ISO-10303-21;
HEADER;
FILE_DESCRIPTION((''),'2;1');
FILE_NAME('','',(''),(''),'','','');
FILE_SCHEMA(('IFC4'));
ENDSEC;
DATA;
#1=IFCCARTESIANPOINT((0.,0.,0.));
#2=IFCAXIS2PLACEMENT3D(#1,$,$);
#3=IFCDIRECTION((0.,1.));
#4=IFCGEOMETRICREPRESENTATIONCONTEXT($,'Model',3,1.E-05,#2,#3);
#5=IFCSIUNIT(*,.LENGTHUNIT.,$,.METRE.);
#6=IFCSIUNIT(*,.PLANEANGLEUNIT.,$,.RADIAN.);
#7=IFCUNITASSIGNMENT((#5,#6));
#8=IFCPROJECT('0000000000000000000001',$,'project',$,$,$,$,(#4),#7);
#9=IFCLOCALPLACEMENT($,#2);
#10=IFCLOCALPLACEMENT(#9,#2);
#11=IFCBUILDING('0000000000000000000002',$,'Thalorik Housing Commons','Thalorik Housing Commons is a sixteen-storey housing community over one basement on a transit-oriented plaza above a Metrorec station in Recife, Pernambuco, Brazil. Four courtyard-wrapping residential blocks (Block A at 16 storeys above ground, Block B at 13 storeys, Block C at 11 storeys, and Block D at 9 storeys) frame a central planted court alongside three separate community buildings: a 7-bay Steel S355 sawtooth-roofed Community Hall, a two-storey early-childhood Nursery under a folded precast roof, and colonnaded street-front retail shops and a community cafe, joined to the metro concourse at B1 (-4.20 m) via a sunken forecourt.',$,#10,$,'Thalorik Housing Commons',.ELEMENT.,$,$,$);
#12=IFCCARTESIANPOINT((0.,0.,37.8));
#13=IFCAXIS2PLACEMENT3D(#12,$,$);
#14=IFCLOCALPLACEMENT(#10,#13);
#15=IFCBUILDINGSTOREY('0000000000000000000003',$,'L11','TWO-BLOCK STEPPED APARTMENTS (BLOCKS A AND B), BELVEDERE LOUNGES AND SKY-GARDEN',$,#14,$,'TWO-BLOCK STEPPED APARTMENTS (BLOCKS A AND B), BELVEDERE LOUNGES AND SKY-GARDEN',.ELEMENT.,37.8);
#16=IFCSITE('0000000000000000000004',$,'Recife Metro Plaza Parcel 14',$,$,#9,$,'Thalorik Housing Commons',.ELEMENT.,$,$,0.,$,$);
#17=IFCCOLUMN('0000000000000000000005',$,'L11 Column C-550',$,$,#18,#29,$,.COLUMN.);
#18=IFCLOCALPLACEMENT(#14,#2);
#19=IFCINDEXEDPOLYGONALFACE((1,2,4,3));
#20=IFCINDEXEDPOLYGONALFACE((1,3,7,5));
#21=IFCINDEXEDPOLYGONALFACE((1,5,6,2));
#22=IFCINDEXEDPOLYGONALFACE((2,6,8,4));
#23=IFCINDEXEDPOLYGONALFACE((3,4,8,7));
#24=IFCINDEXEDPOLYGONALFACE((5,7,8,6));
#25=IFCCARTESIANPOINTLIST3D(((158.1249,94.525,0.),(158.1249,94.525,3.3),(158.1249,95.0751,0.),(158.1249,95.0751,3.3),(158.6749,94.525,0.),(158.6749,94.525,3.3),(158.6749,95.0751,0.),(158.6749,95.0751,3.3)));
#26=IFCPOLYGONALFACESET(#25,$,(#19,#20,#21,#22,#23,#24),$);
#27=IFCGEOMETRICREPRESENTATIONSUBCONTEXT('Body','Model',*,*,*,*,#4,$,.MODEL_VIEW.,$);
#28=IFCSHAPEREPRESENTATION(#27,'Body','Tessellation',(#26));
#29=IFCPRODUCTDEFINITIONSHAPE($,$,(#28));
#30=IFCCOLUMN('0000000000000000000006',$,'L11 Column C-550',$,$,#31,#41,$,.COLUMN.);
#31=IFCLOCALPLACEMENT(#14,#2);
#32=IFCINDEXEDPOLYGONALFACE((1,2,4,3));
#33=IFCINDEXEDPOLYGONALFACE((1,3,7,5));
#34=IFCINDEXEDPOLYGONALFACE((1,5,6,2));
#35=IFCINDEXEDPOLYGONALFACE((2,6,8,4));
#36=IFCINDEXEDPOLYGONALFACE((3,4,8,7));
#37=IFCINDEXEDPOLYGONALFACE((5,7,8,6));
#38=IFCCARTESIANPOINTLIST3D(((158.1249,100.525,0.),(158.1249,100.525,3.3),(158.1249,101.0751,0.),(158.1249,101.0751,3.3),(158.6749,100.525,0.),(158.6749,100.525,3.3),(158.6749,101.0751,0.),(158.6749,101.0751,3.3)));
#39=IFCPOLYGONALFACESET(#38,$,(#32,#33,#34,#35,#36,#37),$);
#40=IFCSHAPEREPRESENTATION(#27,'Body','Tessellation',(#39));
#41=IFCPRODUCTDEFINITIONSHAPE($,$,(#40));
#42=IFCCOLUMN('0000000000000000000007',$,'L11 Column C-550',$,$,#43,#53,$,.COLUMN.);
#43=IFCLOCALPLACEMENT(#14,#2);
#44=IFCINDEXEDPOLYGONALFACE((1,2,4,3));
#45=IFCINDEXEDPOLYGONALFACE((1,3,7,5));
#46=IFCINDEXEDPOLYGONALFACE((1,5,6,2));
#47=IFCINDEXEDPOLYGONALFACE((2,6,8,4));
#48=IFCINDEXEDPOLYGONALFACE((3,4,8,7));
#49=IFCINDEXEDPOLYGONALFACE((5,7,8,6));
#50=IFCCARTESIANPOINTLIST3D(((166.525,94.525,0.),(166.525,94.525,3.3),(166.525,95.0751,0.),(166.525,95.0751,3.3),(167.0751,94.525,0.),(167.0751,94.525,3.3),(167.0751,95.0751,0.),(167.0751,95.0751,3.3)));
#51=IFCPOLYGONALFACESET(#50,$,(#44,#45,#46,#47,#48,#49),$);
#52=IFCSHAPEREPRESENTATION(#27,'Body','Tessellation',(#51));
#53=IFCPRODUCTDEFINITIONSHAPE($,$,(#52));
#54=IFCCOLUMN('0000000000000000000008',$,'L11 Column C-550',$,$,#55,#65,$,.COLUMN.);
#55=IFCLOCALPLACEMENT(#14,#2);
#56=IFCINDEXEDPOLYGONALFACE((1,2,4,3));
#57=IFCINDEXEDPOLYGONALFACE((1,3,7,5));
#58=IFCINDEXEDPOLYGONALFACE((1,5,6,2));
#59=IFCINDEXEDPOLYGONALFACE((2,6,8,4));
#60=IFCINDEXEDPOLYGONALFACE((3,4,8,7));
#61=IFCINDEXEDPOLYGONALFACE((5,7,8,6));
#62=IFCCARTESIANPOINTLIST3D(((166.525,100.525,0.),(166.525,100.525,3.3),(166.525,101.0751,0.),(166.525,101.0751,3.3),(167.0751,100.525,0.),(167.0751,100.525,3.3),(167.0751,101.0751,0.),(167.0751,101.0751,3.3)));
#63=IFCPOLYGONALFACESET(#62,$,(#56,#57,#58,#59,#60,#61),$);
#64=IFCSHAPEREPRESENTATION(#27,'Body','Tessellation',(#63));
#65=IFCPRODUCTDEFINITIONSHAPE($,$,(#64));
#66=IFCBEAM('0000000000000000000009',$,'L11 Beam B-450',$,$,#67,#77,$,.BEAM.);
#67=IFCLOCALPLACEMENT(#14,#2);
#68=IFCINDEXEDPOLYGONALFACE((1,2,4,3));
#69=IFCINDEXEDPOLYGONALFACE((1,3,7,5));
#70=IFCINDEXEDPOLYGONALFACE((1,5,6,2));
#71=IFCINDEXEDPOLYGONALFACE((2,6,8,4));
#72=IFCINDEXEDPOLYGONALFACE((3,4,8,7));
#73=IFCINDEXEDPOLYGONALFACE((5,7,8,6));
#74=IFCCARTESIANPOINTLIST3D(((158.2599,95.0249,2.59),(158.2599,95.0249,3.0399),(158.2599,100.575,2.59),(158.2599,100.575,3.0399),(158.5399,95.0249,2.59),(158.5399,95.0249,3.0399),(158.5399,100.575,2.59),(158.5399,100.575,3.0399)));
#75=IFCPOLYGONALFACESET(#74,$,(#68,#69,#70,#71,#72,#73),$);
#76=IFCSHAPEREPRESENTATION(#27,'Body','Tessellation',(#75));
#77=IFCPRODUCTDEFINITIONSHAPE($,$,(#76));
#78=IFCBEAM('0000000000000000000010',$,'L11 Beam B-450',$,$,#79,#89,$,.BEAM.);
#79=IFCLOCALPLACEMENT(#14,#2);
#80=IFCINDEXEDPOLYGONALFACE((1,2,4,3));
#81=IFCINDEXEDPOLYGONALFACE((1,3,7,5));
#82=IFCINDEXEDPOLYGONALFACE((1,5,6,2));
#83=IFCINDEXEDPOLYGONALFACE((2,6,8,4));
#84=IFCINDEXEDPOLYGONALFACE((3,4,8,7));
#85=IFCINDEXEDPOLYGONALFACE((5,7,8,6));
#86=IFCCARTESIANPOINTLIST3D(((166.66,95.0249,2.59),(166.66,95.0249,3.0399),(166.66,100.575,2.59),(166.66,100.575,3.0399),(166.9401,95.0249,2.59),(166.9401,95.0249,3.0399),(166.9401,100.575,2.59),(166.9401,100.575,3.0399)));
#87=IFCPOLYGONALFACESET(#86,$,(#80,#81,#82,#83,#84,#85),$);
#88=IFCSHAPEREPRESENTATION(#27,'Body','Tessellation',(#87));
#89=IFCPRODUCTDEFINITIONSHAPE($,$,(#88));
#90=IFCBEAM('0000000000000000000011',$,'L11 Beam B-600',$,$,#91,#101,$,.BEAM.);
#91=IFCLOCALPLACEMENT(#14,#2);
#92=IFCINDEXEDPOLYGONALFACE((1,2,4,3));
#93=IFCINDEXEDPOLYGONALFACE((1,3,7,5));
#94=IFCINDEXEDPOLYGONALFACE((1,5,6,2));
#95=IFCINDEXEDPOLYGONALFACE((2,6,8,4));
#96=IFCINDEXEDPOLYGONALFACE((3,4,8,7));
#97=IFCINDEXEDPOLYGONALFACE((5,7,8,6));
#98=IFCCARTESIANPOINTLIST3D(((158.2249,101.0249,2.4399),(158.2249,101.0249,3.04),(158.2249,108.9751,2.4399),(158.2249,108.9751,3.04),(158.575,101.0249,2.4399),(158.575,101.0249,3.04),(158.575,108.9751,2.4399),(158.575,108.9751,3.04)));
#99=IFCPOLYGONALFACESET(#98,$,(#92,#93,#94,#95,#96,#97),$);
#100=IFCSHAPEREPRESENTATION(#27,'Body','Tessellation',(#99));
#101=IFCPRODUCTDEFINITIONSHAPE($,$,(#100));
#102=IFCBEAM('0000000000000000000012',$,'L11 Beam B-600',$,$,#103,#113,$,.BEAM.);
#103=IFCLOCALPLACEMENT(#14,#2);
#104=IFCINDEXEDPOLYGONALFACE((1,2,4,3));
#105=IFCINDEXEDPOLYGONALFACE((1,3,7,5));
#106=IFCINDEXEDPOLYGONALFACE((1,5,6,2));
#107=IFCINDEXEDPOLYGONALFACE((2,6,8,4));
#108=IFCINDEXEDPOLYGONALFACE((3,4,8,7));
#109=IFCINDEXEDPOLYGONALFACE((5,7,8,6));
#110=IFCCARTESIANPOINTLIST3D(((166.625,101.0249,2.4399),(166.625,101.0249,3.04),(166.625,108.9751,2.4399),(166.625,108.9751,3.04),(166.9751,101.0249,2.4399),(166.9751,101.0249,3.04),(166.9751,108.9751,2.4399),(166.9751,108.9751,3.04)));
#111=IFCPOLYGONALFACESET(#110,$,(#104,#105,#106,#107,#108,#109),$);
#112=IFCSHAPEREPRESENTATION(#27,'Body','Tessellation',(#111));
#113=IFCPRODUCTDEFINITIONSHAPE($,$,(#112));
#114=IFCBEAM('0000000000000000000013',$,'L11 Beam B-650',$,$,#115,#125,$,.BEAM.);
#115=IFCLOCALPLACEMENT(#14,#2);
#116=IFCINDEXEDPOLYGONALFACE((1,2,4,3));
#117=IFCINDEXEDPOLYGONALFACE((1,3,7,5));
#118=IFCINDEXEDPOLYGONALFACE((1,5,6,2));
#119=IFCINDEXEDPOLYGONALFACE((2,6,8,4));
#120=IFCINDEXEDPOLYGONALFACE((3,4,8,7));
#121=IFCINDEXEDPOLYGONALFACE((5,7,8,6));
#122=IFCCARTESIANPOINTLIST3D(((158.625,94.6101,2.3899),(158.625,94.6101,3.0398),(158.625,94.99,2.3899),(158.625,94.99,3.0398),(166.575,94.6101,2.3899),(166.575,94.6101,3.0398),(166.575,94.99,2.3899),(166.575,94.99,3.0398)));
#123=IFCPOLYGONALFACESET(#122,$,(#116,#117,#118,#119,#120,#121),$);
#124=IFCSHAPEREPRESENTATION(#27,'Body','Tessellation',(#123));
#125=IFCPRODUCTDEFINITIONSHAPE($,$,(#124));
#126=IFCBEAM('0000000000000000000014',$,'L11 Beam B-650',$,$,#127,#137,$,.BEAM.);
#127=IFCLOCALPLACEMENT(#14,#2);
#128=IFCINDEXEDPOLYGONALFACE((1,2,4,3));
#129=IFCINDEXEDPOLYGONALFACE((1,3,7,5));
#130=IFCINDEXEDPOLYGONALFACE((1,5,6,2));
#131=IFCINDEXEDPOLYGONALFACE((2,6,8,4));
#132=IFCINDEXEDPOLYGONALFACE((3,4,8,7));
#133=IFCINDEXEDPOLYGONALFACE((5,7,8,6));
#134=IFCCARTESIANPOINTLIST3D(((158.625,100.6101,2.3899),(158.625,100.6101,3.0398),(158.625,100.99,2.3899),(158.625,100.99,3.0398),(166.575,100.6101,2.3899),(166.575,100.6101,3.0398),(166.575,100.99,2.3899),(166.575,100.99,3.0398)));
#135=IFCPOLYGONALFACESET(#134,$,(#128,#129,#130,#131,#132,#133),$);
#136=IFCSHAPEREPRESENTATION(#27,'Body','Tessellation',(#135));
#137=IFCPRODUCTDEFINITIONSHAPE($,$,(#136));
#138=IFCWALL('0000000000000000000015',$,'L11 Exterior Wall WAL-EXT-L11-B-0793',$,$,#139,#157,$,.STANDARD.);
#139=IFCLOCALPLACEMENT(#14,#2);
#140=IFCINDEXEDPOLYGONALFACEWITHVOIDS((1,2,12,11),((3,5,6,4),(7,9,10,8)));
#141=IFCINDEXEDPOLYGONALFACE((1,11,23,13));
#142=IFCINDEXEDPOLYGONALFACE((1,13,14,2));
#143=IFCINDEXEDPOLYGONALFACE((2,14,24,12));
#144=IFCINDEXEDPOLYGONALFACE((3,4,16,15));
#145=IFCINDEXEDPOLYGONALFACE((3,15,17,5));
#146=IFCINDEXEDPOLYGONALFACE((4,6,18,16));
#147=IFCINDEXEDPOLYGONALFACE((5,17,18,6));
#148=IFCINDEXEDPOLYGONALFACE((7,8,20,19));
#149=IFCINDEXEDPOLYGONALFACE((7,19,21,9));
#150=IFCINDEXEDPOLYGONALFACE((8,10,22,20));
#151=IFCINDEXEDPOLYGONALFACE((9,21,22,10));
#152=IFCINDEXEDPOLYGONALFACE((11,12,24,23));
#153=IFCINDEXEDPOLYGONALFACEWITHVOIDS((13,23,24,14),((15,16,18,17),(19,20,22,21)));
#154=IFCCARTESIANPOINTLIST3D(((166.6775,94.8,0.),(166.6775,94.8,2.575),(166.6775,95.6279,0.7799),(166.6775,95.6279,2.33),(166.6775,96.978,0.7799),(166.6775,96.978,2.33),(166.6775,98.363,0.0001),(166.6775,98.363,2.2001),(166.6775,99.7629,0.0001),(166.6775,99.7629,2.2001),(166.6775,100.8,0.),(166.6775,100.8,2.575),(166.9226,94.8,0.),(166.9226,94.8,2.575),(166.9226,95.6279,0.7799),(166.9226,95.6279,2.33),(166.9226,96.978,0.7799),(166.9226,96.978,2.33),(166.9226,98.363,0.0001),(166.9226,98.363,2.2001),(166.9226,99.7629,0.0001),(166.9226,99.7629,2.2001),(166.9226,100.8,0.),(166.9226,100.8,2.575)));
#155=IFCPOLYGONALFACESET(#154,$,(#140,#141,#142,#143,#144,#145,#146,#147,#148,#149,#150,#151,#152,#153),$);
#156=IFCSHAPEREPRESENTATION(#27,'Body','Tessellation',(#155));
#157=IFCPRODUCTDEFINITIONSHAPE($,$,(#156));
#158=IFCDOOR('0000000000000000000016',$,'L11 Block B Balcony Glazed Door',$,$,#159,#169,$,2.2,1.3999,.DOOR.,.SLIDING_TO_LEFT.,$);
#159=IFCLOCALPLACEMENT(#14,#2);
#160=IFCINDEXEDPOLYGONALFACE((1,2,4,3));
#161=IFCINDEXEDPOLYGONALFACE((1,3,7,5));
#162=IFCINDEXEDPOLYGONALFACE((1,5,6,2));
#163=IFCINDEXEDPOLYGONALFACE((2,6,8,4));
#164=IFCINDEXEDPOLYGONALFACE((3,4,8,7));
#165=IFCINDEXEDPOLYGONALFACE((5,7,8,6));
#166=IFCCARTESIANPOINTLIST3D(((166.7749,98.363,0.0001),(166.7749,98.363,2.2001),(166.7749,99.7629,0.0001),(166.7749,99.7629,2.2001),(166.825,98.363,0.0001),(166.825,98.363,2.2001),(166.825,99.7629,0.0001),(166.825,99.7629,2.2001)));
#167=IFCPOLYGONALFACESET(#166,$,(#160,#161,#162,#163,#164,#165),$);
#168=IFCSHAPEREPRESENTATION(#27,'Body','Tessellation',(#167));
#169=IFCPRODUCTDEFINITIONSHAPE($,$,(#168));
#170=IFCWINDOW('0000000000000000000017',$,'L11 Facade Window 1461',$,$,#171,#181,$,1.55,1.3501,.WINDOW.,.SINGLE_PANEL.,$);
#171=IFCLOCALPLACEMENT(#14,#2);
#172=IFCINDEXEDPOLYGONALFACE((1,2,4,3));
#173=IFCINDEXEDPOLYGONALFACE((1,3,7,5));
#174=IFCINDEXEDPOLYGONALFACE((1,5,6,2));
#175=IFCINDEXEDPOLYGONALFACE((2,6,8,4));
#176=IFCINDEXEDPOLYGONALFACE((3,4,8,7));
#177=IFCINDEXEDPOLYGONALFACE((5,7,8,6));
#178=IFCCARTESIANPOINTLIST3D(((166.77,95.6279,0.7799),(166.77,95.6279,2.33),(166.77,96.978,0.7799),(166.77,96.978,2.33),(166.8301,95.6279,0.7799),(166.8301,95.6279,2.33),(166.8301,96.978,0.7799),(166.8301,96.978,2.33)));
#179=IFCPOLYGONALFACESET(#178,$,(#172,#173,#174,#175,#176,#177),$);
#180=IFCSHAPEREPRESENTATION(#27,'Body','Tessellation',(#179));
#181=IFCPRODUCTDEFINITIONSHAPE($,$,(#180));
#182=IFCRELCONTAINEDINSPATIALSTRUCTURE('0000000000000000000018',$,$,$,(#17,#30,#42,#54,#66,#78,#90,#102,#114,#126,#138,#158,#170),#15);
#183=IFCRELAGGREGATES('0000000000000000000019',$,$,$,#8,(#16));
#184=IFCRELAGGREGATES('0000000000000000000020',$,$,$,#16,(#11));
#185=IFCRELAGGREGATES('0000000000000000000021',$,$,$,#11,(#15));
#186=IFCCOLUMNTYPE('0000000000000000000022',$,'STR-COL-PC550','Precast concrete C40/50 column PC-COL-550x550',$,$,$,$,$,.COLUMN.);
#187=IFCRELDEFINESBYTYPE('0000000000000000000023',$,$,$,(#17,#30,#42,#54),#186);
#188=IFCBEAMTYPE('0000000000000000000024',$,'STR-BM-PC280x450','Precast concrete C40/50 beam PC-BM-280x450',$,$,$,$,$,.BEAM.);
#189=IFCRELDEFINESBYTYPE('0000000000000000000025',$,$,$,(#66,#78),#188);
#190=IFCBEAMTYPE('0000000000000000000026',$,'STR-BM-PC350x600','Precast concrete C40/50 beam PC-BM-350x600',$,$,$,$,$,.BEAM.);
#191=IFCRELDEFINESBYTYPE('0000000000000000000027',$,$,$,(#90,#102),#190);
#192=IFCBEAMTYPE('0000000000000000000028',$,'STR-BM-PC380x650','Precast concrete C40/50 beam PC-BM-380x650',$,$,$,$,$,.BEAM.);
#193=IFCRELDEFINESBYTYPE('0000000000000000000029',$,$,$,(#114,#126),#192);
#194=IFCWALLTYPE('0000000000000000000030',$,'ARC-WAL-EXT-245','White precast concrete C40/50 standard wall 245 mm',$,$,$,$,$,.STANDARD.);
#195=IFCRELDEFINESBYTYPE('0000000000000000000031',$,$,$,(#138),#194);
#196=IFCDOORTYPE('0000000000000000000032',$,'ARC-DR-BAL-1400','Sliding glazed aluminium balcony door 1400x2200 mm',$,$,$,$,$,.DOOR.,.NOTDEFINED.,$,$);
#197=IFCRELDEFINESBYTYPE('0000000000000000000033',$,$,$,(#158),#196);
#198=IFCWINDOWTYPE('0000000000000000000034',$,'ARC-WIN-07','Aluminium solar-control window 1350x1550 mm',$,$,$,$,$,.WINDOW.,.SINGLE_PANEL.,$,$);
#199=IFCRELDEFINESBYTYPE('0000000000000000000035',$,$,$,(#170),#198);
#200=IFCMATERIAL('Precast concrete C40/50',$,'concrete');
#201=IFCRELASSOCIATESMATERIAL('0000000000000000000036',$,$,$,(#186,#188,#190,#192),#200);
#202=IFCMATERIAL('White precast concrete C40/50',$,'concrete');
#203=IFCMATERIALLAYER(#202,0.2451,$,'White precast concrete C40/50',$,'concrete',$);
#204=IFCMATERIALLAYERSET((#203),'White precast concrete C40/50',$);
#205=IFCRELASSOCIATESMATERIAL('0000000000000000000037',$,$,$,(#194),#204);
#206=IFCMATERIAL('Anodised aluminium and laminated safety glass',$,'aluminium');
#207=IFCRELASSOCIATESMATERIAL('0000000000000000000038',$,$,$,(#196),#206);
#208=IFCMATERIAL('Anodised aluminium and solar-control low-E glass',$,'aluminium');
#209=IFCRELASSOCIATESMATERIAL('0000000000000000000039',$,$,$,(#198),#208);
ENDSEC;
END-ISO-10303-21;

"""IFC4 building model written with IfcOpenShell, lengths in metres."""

from ifc_helpers import new_model, si_unit, direction, frame, frame_2d, origin, origin_2d, place, context, subcontext, project, spatial, rectangle, extrude, material, layer, layer_set, material_profile, profile_set, type_object, element, fill, save


model = new_model("IFC4")

# Units and contexts
model_context = context("Model", 3, precision=1e-05, world=origin(), true_north=direction((0.0, 1.0)))
body_context = subcontext(model_context, "Body", "Model", "MODEL_VIEW")
ifc_project = project(units=[si_unit("LENGTHUNIT", "METRE"), si_unit("PLANEANGLEUNIT", "RADIAN")], contexts=[model_context])

# Site, building, storey
site_placement = place(None, origin())
site = spatial("IfcSite", under=ifc_project, at=site_placement, Name="Recife Metro Plaza Parcel 14", LongName="Thalorik Housing Commons", CompositionType="ELEMENT", RefElevation=0.0)
building_placement = place(site_placement, origin())
building = spatial("IfcBuilding", under=site, at=building_placement, Name="Thalorik Housing Commons", Description="Thalorik Housing Commons is a sixteen-storey housing community over one basement on a transit-oriented plaza above a Metrorec station in Recife, Pernambuco, Brazil. Four courtyard-wrapping residential blocks (Block A at 16 storeys above ground, Block B at 13 storeys, Block C at 11 storeys, and Block D at 9 storeys) frame a central planted court alongside three separate community buildings: a 7-bay Steel S355 sawtooth-roofed Community Hall, a two-storey early-childhood Nursery under a folded precast roof, and colonnaded street-front retail shops and a community cafe, joined to the metro concourse at B1 (-4.20 m) via a sunken forecourt.", LongName="Thalorik Housing Commons", CompositionType="ELEMENT")
storey_placement = place(building_placement, frame((0.0, 0.0, 37.8)))
storey = spatial("IfcBuildingStorey", under=building, at=storey_placement, Name="L11", Description="TWO-BLOCK STEPPED APARTMENTS (BLOCKS A AND B), BELVEDERE LOUNGES AND SKY-GARDEN", LongName="TWO-BLOCK STEPPED APARTMENTS (BLOCKS A AND B), BELVEDERE LOUNGES AND SKY-GARDEN", CompositionType="ELEMENT", Elevation=37.8)

# Columns
ifc_material_1 = material(Name="Precast concrete C40/50", Category="concrete")
ifc_material_profile_1 = material_profile(ifc_material_1, rectangle(XDim=0.55, YDim=0.55, at=origin_2d()), Name="PC 550x550", Category="concrete")
ifc_profile_set_1 = profile_set([ifc_material_profile_1], Name="Precast concrete C40/50")
column_type = type_object("IfcColumnType", Name="STR-COL-PC550", Description="Precast concrete C40/50 column PC-COL-550x550", PredefinedType="COLUMN", material=ifc_profile_set_1)
for number, where, z_axis, x_axis, name in (
    (1, (158.3999, 94.8, 0.0), (0.0, 0.0, 1.0), (1.0, 0.0, 0.0), "L11 Column C-550"),
    (2, (158.3999, 100.8, 0.0), (0.0, 0.0, 1.0), (1.0, 0.0, 0.0), "L11 Column C-550"),
    (3, (166.8, 94.8, 0.0), (0.0, 0.0, 1.0), (1.0, 0.0, 0.0), "L11 Column C-550"),
    (4, (166.8, 100.8, 0.0), (0.0, 0.0, 1.0), (1.0, 0.0, 0.0), "L11 Column C-550"),
):
    element("IfcColumn", number, at=place(storey_placement, frame(where, z_axis=z_axis, x_axis=x_axis)), inside=storey, type_object=column_type, Name=name, PredefinedType="COLUMN", context=body_context, shape_type="SweptSolid", body=[
        extrude(rectangle(XDim=0.55, YDim=0.55, at=origin_2d()), origin(), (0.0, 0.0, 1.0), 3.3),
    ])

# Beams
ifc_material_profile_2 = material_profile(ifc_material_1, rectangle(XDim=0.28, YDim=0.45, at=origin_2d()), Name="PC 280x450", Category="concrete")
ifc_profile_set_2 = profile_set([ifc_material_profile_2], Name="Precast concrete C40/50")
beam_type_1 = type_object("IfcBeamType", Name="STR-BM-PC280x450", Description="Precast concrete C40/50 beam PC-BM-280x450", PredefinedType="BEAM", material=ifc_profile_set_2)
for number, where, z_axis, x_axis, name in (
    (5, (158.3999, 95.0249, 2.8149), (0.0, 1.0, 0.0), (-1.0, 0.0, 0.0), "L11 Beam B-450"),
    (6, (166.8, 95.0249, 2.8149), (0.0, 1.0, 0.0), (-1.0, 0.0, 0.0), "L11 Beam B-450"),
):
    element("IfcBeam", number, at=place(storey_placement, frame(where, z_axis=z_axis, x_axis=x_axis)), inside=storey, type_object=beam_type_1, Name=name, PredefinedType="BEAM", context=body_context, shape_type="SweptSolid", body=[
        extrude(rectangle(XDim=0.28, YDim=0.45, at=origin_2d()), origin(), (0.0, 0.0, 1.0), 5.55),
    ])
ifc_material_profile_3 = material_profile(ifc_material_1, rectangle(XDim=0.3501, YDim=0.6001, at=origin_2d()), Name="PC 350x600", Category="concrete")
ifc_profile_set_3 = profile_set([ifc_material_profile_3], Name="Precast concrete C40/50")
beam_type_2 = type_object("IfcBeamType", Name="STR-BM-PC350x600", Description="Precast concrete C40/50 beam PC-BM-350x600", PredefinedType="BEAM", material=ifc_profile_set_3)
for number, where, z_axis, x_axis, name in (
    (7, (158.3999, 101.0249, 2.74), (0.0, 1.0, 0.0), (-1.0, 0.0, 0.0), "L11 Beam B-600"),
    (8, (166.8, 101.0249, 2.74), (0.0, 1.0, 0.0), (-1.0, 0.0, 0.0), "L11 Beam B-600"),
):
    element("IfcBeam", number, at=place(storey_placement, frame(where, z_axis=z_axis, x_axis=x_axis)), inside=storey, type_object=beam_type_2, Name=name, PredefinedType="BEAM", context=body_context, shape_type="SweptSolid", body=[
        extrude(rectangle(XDim=0.3501, YDim=0.6001, at=origin_2d()), origin(), (0.0, 0.0, 1.0), 7.9502),
    ])
ifc_material_profile_4 = material_profile(ifc_material_1, rectangle(XDim=0.3799, YDim=0.6499, at=origin_2d()), Name="PC 380x650", Category="concrete")
ifc_profile_set_4 = profile_set([ifc_material_profile_4], Name="Precast concrete C40/50")
beam_type_3 = type_object("IfcBeamType", Name="STR-BM-PC380x650", Description="Precast concrete C40/50 beam PC-BM-380x650", PredefinedType="BEAM", material=ifc_profile_set_4)
for number, where, z_axis, x_axis, name in (
    (9, (158.625, 94.8, 2.7148), (1.0, 0.0, 0.0), (0.0, 1.0, 0.0), "L11 Beam B-650"),
    (10, (158.625, 100.8, 2.7148), (1.0, 0.0, 0.0), (0.0, 1.0, 0.0), "L11 Beam B-650"),
):
    element("IfcBeam", number, at=place(storey_placement, frame(where, z_axis=z_axis, x_axis=x_axis)), inside=storey, type_object=beam_type_3, Name=name, PredefinedType="BEAM", context=body_context, shape_type="SweptSolid", body=[
        extrude(rectangle(XDim=0.3799, YDim=0.6499, at=origin_2d()), origin(), (0.0, 0.0, 1.0), 7.95),
    ])

# Wall, openings, door, window
ifc_material_2 = material(Name="White precast concrete C40/50", Category="concrete")
ifc_layer_1 = layer(ifc_material_2, 0.2451, Name="White precast concrete C40/50", Category="concrete")
ifc_layer_set_1 = layer_set([ifc_layer_1], Name="White precast concrete C40/50")
wall_type_1 = type_object("IfcWallType", Name="ARC-WAL-EXT-245", Description="White precast concrete C40/50 standard wall 245 mm", PredefinedType="STANDARD", material=ifc_layer_set_1)
wall_1_placement = place(storey_placement, frame((166.8, 94.8, 0.0), z_axis=(0.0, 0.0, 1.0), x_axis=(0.0, 1.0, 0.0)))
wall_1 = element("IfcWall", 11, at=wall_1_placement, inside=storey, type_object=wall_type_1, Name="L11 Exterior Wall WAL-EXT-L11-B-0793", PredefinedType="STANDARD", context=body_context, shape_type="SweptSolid", body=[
    extrude(rectangle(XDim=6.0, YDim=0.2451, at=frame_2d((3.0, 0.0))), origin(), (0.0, 0.0, 1.0), 2.575),
])
opening_1_placement = place(wall_1_placement, frame((3.563, 0.0, 0.0)))
opening_1 = element("IfcOpeningElement", 12, at=opening_1_placement, cuts=wall_1, PredefinedType="OPENING", context=body_context, shape_type="SweptSolid", body=[
    extrude(rectangle(XDim=1.3999, YDim=2.2, at=frame_2d((0.7, 1.1001))), frame((0.0, 0.1326, 0.0), z_axis=(0.0, -1.0, 0.0), x_axis=(1.0, 0.0, 0.0)), (0.0, 0.0, 1.0), 0.2651),
])
opening_2_placement = place(wall_1_placement, frame((0.8279, 0.0, 0.78)))
opening_2 = element("IfcOpeningElement", 13, at=opening_2_placement, cuts=wall_1, PredefinedType="OPENING", context=body_context, shape_type="SweptSolid", body=[
    extrude(rectangle(XDim=1.3501, YDim=1.55, at=frame_2d((0.675, 0.7749))), frame((0.0, 0.1326, 0.0), z_axis=(0.0, -1.0, 0.0), x_axis=(1.0, 0.0, 0.0)), (0.0, 0.0, 1.0), 0.2651),
])
ifc_material_3 = material(Name="Anodised aluminium and laminated safety glass", Category="aluminium")
door_type_1 = type_object("IfcDoorType", Name="ARC-DR-BAL-1400", Description="Sliding glazed aluminium balcony door 1400x2200 mm", OperationType="NOTDEFINED", PredefinedType="DOOR", material=ifc_material_3)
door_1_placement = place(opening_1_placement, frame((1.3999, 0.0, 0.0), z_axis=(0.0, 0.0, 1.0), x_axis=(-1.0, 0.0, 0.0)))
door_1 = element("IfcDoor", 14, at=door_1_placement, inside=storey, type_object=door_type_1, Name="L11 Block B Balcony Glazed Door", OperationType="SLIDING_TO_LEFT", OverallHeight=2.2, OverallWidth=1.3999, PredefinedType="DOOR", context=body_context, shape_type="SweptSolid", body=[
    extrude(rectangle(XDim=1.3999, YDim=2.2, at=frame_2d((0.7, 1.1001))), frame((0.0, 0.0249, 0.0), z_axis=(0.0, -1.0, 0.0), x_axis=(1.0, 0.0, 0.0)), (0.0, 0.0, 1.0), 0.05),
])
fill(opening_1, door_1)
ifc_material_4 = material(Name="Anodised aluminium and solar-control low-E glass", Category="aluminium")
window_type_1 = type_object("IfcWindowType", Name="ARC-WIN-07", Description="Aluminium solar-control window 1350x1550 mm", PartitioningType="SINGLE_PANEL", PredefinedType="WINDOW", material=ifc_material_4)
window_1_placement = place(opening_2_placement, origin())
window_1 = element("IfcWindow", 15, at=window_1_placement, inside=storey, type_object=window_type_1, Name="L11 Facade Window 1461", OverallHeight=1.55, OverallWidth=1.3501, PartitioningType="SINGLE_PANEL", PredefinedType="WINDOW", context=body_context, shape_type="SweptSolid", body=[
    extrude(rectangle(XDim=1.3501, YDim=1.55, at=frame_2d((0.675, 0.7749))), frame((0.0, 0.03, 0.0), z_axis=(0.0, -1.0, 0.0), x_axis=(1.0, 0.0, 0.0)), (0.0, 0.0, 1.0), 0.0601),
])
fill(opening_2, window_1)

save(model, "model.ifc")
